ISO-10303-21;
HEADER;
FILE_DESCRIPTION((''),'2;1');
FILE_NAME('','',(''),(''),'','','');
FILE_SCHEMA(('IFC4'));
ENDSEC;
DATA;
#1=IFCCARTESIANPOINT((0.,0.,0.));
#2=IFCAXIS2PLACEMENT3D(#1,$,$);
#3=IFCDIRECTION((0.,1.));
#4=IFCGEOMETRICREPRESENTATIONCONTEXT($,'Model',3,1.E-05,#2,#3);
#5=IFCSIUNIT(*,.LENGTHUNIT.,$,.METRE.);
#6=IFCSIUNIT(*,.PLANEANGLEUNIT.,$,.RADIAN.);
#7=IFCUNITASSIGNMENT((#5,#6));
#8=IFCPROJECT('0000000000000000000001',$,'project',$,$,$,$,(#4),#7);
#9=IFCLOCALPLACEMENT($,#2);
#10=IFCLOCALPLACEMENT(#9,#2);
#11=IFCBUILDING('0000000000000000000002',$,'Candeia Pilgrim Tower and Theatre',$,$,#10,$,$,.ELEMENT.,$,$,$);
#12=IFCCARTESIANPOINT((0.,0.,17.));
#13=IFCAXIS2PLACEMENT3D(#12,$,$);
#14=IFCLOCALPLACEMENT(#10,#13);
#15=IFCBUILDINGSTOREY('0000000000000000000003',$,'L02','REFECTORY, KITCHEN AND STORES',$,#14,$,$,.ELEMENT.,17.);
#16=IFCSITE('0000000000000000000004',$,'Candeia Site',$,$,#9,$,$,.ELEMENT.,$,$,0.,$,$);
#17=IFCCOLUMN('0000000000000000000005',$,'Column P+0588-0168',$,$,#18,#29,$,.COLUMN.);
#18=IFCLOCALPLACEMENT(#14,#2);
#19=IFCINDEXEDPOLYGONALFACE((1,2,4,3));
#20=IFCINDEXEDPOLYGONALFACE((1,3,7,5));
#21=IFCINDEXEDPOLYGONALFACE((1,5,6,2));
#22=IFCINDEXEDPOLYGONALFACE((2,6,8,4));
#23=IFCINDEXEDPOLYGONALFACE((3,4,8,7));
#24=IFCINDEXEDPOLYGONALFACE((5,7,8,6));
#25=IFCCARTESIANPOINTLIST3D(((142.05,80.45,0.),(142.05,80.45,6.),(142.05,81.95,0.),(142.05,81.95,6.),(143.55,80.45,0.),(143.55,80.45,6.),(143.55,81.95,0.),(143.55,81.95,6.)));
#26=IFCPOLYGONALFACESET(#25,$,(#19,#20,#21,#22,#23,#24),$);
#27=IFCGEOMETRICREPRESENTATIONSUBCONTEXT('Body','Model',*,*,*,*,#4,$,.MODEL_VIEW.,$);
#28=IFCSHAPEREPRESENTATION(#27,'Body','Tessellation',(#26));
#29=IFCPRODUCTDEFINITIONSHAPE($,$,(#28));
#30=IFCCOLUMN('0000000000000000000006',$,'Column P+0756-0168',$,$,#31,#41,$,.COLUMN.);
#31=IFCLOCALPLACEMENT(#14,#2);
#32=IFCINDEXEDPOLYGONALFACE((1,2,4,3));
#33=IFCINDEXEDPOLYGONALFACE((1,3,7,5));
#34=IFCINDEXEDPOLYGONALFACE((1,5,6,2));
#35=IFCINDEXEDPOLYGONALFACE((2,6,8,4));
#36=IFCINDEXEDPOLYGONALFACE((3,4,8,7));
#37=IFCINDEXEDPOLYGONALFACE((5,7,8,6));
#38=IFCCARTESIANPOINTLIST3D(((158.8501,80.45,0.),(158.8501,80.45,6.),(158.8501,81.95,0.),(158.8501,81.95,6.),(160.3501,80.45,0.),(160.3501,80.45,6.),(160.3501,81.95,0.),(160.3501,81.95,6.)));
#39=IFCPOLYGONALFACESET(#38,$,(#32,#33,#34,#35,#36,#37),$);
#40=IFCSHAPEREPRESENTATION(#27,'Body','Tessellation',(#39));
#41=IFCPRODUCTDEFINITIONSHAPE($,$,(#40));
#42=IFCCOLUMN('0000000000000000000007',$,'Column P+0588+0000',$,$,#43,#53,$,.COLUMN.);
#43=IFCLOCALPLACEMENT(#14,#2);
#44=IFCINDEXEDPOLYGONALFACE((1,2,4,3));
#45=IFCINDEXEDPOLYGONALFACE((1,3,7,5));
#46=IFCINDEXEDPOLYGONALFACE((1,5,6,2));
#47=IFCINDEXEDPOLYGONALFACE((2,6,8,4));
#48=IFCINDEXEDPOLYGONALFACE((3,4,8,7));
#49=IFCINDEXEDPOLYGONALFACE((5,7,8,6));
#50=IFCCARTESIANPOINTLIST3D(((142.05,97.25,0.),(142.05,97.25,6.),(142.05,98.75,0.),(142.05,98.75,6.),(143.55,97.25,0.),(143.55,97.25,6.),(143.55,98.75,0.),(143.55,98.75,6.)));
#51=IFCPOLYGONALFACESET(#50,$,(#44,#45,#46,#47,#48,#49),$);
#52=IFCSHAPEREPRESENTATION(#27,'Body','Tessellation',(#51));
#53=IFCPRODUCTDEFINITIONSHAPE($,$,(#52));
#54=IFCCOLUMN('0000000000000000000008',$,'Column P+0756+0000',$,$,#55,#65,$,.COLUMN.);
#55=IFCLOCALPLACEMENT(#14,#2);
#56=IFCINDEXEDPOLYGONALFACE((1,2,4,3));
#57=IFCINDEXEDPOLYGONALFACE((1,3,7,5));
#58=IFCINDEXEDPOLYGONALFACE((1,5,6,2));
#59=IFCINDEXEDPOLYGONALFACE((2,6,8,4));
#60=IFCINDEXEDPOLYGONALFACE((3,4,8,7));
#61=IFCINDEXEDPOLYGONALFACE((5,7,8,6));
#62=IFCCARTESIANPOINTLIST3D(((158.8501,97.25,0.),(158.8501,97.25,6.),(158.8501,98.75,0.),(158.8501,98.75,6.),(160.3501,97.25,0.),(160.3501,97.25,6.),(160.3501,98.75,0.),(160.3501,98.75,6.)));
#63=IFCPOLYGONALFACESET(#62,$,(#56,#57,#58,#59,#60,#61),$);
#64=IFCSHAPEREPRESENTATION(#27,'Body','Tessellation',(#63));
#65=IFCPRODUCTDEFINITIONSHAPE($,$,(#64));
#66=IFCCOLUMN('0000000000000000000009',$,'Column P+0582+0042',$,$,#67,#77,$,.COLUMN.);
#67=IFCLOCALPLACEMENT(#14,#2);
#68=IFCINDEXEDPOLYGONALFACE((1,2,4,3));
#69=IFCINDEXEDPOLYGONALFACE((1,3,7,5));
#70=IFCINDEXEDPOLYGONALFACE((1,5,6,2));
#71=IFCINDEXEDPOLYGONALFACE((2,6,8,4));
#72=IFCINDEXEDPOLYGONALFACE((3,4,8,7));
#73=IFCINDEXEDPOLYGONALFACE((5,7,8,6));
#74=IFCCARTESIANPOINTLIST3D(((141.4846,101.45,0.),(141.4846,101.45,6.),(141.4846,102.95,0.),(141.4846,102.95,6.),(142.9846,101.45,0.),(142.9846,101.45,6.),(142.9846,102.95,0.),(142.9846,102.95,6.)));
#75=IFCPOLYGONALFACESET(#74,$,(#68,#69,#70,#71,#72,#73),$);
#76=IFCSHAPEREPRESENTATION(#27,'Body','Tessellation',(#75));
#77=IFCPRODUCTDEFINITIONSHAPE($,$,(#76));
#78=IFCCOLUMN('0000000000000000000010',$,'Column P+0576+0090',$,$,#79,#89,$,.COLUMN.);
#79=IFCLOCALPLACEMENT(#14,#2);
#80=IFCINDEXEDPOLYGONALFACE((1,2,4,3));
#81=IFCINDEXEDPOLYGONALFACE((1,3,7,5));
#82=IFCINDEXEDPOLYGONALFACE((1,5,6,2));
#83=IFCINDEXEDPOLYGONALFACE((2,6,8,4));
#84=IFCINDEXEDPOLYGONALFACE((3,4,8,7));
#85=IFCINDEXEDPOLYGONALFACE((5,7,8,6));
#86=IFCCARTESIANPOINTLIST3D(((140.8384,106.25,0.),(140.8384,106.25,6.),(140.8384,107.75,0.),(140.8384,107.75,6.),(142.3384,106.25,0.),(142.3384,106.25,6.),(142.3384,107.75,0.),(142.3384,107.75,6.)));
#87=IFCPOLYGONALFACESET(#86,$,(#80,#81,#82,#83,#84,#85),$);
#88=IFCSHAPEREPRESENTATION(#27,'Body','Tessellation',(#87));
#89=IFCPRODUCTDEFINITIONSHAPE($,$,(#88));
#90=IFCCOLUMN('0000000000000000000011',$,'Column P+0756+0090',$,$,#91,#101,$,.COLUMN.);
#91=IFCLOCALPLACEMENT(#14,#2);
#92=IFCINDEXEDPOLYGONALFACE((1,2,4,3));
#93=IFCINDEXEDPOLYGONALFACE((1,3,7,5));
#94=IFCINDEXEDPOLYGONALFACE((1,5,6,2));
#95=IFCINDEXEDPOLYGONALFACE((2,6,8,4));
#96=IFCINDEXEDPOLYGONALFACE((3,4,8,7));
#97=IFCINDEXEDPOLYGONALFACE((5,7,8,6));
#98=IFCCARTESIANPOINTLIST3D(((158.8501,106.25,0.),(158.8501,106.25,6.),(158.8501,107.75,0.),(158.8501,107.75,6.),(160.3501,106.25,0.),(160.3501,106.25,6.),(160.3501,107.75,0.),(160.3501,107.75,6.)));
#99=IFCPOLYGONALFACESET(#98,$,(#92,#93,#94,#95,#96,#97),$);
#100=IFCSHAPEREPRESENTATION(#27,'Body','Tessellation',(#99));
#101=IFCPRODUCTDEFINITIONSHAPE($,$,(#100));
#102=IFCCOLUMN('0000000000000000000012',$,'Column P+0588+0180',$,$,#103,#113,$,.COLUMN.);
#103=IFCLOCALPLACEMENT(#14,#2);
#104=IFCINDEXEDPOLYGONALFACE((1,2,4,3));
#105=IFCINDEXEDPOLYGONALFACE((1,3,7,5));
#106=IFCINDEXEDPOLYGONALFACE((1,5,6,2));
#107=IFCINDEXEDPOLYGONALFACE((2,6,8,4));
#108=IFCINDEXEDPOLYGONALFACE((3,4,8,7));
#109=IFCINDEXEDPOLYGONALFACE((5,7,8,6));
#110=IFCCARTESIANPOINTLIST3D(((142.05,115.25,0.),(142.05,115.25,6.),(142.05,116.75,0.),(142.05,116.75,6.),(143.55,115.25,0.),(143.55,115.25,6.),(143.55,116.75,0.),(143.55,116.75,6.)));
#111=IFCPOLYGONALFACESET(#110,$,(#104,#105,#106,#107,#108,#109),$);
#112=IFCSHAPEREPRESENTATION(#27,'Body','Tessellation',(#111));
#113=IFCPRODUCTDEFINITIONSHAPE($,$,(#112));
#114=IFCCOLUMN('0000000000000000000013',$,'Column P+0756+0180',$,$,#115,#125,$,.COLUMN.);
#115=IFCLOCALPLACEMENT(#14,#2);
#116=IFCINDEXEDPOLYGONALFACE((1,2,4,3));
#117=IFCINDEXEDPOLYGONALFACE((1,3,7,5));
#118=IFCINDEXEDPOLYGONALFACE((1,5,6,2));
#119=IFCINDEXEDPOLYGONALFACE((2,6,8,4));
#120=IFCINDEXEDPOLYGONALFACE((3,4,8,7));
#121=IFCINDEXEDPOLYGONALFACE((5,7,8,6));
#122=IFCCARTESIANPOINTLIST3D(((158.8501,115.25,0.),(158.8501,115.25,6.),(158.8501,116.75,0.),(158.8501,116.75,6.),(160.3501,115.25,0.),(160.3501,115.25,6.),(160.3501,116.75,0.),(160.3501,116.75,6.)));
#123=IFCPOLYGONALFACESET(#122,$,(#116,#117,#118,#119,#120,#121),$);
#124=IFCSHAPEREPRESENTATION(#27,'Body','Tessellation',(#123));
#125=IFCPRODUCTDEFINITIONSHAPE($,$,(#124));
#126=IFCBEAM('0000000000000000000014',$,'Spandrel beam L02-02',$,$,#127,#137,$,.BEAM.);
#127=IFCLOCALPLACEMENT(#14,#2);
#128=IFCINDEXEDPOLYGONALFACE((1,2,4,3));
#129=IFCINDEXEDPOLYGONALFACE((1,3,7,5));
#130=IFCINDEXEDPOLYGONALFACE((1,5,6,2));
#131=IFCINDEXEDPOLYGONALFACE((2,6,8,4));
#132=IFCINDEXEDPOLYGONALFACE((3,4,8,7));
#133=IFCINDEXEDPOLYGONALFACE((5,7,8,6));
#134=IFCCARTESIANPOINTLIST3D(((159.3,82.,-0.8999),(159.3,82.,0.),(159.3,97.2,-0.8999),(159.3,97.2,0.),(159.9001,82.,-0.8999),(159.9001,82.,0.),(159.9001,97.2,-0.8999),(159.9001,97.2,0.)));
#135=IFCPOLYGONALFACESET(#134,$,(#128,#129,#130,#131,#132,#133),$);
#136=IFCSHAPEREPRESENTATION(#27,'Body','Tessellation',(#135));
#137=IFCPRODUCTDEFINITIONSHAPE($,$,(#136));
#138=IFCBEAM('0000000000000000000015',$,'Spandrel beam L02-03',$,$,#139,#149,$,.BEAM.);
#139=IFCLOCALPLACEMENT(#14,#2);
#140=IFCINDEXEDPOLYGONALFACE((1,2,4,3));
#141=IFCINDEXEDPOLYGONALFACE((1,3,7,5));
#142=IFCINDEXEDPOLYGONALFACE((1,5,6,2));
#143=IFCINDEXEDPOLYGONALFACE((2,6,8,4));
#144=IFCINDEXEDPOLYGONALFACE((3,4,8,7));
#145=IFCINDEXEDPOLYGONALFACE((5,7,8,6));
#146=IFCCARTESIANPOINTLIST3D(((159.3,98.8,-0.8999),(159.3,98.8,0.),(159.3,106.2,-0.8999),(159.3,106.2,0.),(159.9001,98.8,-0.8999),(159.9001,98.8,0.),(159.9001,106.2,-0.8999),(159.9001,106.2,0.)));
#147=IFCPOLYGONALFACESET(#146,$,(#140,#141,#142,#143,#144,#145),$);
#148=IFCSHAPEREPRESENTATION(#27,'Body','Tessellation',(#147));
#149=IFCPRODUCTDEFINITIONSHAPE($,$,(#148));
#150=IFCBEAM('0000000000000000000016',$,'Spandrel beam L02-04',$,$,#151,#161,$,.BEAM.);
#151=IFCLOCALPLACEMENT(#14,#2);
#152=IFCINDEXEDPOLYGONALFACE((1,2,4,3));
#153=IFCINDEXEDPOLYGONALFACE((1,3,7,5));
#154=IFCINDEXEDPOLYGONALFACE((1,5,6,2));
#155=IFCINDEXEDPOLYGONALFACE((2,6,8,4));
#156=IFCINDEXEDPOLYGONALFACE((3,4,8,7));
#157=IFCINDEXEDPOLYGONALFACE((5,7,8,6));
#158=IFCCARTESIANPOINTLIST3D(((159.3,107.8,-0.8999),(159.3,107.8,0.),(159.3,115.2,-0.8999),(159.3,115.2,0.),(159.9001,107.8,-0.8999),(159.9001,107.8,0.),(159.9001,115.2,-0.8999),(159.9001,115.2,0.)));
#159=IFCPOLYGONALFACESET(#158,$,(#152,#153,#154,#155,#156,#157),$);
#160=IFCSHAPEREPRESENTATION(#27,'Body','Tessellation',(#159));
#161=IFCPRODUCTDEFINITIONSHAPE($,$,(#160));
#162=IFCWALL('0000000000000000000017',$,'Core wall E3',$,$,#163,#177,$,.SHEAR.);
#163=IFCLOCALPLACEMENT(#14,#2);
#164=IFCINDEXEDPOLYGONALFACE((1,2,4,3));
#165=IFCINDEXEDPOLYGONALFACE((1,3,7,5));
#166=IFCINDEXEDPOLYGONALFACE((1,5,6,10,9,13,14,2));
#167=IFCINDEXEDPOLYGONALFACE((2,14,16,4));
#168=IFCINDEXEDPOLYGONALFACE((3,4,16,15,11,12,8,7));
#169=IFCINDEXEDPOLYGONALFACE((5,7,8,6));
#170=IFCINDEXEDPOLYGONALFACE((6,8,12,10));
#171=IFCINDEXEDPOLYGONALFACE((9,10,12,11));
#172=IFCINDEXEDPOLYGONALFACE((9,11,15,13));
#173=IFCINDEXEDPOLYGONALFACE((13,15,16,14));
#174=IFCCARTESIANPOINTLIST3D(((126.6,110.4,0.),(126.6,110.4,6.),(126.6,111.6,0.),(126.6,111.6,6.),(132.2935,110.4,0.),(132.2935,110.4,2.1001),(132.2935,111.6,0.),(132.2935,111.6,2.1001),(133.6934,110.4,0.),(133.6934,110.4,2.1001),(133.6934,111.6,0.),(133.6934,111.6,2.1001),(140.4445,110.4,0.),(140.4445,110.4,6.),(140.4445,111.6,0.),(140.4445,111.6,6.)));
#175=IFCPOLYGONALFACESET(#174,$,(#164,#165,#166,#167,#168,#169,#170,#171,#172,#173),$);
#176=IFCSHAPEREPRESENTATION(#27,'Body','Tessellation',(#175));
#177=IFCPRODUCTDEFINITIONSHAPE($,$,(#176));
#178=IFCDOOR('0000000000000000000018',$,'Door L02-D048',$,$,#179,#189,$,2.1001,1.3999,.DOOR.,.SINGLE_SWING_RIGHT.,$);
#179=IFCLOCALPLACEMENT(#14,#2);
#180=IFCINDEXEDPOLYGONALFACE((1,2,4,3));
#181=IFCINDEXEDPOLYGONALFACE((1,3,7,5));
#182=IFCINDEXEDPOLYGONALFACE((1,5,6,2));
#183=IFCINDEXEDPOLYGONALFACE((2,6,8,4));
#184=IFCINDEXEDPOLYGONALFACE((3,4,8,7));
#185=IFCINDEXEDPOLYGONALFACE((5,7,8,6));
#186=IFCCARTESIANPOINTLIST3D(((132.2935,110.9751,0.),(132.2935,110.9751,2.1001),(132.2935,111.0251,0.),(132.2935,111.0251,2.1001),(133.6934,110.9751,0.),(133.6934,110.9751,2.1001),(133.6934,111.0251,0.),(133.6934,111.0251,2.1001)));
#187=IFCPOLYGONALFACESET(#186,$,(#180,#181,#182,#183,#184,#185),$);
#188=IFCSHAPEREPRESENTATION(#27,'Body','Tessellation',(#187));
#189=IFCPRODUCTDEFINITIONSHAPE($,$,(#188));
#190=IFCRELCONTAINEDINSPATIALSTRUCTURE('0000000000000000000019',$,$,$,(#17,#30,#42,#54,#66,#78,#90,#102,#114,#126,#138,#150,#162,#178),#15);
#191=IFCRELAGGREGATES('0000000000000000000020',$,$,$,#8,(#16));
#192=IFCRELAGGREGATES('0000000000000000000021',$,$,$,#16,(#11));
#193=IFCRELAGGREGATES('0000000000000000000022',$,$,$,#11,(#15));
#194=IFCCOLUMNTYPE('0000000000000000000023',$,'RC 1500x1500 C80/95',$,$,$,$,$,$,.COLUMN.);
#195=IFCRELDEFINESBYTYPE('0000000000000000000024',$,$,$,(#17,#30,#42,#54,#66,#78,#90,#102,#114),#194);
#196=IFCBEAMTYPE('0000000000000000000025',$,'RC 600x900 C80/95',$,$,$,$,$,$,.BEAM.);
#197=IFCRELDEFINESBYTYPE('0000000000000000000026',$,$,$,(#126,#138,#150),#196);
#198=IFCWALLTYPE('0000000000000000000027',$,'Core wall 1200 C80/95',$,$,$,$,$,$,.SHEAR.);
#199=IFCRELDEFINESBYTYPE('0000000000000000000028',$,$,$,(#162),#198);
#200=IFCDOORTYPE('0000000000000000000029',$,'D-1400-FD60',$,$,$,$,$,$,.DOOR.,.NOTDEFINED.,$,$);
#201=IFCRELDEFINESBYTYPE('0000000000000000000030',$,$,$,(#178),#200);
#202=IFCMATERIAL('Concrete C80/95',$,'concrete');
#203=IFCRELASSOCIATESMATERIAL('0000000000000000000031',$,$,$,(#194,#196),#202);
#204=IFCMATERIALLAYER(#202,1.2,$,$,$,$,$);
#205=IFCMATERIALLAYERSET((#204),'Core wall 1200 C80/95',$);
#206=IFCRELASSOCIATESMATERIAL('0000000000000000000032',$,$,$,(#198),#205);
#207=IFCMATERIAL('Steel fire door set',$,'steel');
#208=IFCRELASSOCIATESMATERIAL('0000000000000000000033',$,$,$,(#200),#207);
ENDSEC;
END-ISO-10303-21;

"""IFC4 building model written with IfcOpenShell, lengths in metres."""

from ifc_helpers import new_model, si_unit, direction, frame, frame_2d, origin, origin_2d, place, context, subcontext, project, spatial, rectangle, extrude, material, layer, layer_set, material_profile, profile_set, type_object, element, fill, save


model = new_model("IFC4")

# Units and contexts
model_context = context("Model", 3, precision=1e-05, world=origin(), true_north=direction((0.0, 1.0)))
body_context = subcontext(model_context, "Body", "Model", "MODEL_VIEW")
ifc_project = project(units=[si_unit("LENGTHUNIT", "METRE"), si_unit("PLANEANGLEUNIT", "RADIAN")], contexts=[model_context])

# Site, building, storey
site_placement = place(None, origin())
site = spatial("IfcSite", under=ifc_project, at=site_placement, Name="Candeia Site", CompositionType="ELEMENT", RefElevation=0.0)
building_placement = place(site_placement, origin())
building = spatial("IfcBuilding", under=site, at=building_placement, Name="Candeia Pilgrim Tower and Theatre", CompositionType="ELEMENT")
storey_placement = place(building_placement, frame((0.0, 0.0, 17.0)))
storey = spatial("IfcBuildingStorey", under=building, at=storey_placement, Name="L02", Description="REFECTORY, KITCHEN AND STORES", CompositionType="ELEMENT", Elevation=17.0)

# Columns
ifc_material_1 = material(Name="Concrete C80/95", Category="concrete")
ifc_material_profile_1 = material_profile(ifc_material_1, rectangle(XDim=1.5, YDim=1.5, at=origin_2d()))
ifc_profile_set_1 = profile_set([ifc_material_profile_1], Name="Concrete C80/95")
column_type = type_object("IfcColumnType", Name="RC 1500x1500 C80/95", PredefinedType="COLUMN", material=ifc_profile_set_1)
for number, where, z_axis, x_axis, name in (
    (1, (142.8, 81.2, 0.0), (0.0, 0.0, 1.0), (1.0, 0.0, 0.0), "Column P+0588-0168"),
    (2, (159.6001, 81.2, 0.0), (0.0, 0.0, 1.0), (1.0, 0.0, 0.0), "Column P+0756-0168"),
    (3, (142.8, 98.0, 0.0), (0.0, 0.0, 1.0), (1.0, 0.0, 0.0), "Column P+0588+0000"),
    (4, (159.6001, 98.0, 0.0), (0.0, 0.0, 1.0), (1.0, 0.0, 0.0), "Column P+0756+0000"),
    (5, (142.2346, 102.2, 0.0), (0.0, 0.0, 1.0), (1.0, 0.0, 0.0), "Column P+0582+0042"),
    (6, (141.5884, 107.0, 0.0), (0.0, 0.0, 1.0), (1.0, 0.0, 0.0), "Column P+0576+0090"),
    (7, (159.6001, 107.0, 0.0), (0.0, 0.0, 1.0), (1.0, 0.0, 0.0), "Column P+0756+0090"),
    (8, (142.8, 116.0, 0.0), (0.0, 0.0, 1.0), (1.0, 0.0, 0.0), "Column P+0588+0180"),
    (9, (159.6001, 116.0, 0.0), (0.0, 0.0, 1.0), (1.0, 0.0, 0.0), "Column P+0756+0180"),
):
    element("IfcColumn", number, at=place(storey_placement, frame(where, z_axis=z_axis, x_axis=x_axis)), inside=storey, type_object=column_type, Name=name, PredefinedType="COLUMN", context=body_context, shape_type="SweptSolid", body=[
        extrude(rectangle(XDim=1.5, YDim=1.5, at=origin_2d()), origin(), (0.0, 0.0, 1.0), 6.0),
    ])

# Beams
ifc_material_profile_2 = material_profile(ifc_material_1, rectangle(XDim=0.6001, YDim=0.8999, at=origin_2d()))
ifc_profile_set_2 = profile_set([ifc_material_profile_2], Name="Concrete C80/95")
beam_type = type_object("IfcBeamType", Name="RC 600x900 C80/95", PredefinedType="BEAM", material=ifc_profile_set_2)
beam_placement = place(storey_placement, frame((159.6001, 82.0, -0.45), z_axis=(0.0, 1.0, 0.0), x_axis=(-1.0, 0.0, 0.0)))
element("IfcBeam", 10, at=beam_placement, inside=storey, type_object=beam_type, Name="Spandrel beam L02-02", PredefinedType="BEAM", context=body_context, shape_type="SweptSolid", body=[
    extrude(rectangle(XDim=0.6001, YDim=0.8999, at=origin_2d()), origin(), (0.0, 0.0, 1.0), 15.2),
])
for number, where, z_axis, x_axis, name in (
    (11, (159.6001, 98.8, -0.45), (0.0, 1.0, 0.0), (-1.0, 0.0, 0.0), "Spandrel beam L02-03"),
    (12, (159.6001, 107.8, -0.45), (0.0, 1.0, 0.0), (-1.0, 0.0, 0.0), "Spandrel beam L02-04"),
):
    element("IfcBeam", number, at=place(storey_placement, frame(where, z_axis=z_axis, x_axis=x_axis)), inside=storey, type_object=beam_type, Name=name, PredefinedType="BEAM", context=body_context, shape_type="SweptSolid", body=[
        extrude(rectangle(XDim=0.6001, YDim=0.8999, at=origin_2d()), origin(), (0.0, 0.0, 1.0), 7.3999),
    ])

# Wall, opening, door
ifc_layer_1 = layer(ifc_material_1, 1.2)
ifc_layer_set_1 = layer_set([ifc_layer_1], Name="Core wall 1200 C80/95")
wall_type_1 = type_object("IfcWallType", Name="Core wall 1200 C80/95", PredefinedType="SHEAR", material=ifc_layer_set_1)
wall_1_placement = place(storey_placement, frame((140.4446, 111.0, 0.0), z_axis=(0.0, 0.0, 1.0), x_axis=(-1.0, 0.0, 0.0)))
wall_1 = element("IfcWall", 13, at=wall_1_placement, inside=storey, type_object=wall_type_1, Name="Core wall E3", PredefinedType="SHEAR", context=body_context, shape_type="SweptSolid", body=[
    extrude(rectangle(XDim=13.8445, YDim=1.2, at=frame_2d((6.9224, 0.0))), origin(), (0.0, 0.0, 1.0), 6.0),
])
opening_1_placement = place(wall_1_placement, frame((6.7512, 0.0, 0.0)))
opening_1 = element("IfcOpeningElement", 14, at=opening_1_placement, cuts=wall_1, PredefinedType="OPENING", context=body_context, shape_type="SweptSolid", body=[
    extrude(rectangle(XDim=1.3999, YDim=2.1001, at=frame_2d((0.7, 1.05))), frame((0.0, 0.6099, 0.0), z_axis=(0.0, -1.0, 0.0), x_axis=(1.0, 0.0, 0.0)), (0.0, 0.0, 1.0), 1.22),
])
ifc_material_2 = material(Name="Steel fire door set", Category="steel")
door_type_1 = type_object("IfcDoorType", Name="D-1400-FD60", OperationType="NOTDEFINED", PredefinedType="DOOR", material=ifc_material_2)
door_1_placement = place(opening_1_placement, origin())
door_1 = element("IfcDoor", 15, at=door_1_placement, inside=storey, type_object=door_type_1, Name="Door L02-D048", OperationType="SINGLE_SWING_RIGHT", OverallHeight=2.1001, OverallWidth=1.3999, PredefinedType="DOOR", context=body_context, shape_type="SweptSolid", body=[
    extrude(rectangle(XDim=1.3999, YDim=2.1001, at=frame_2d((0.7, 1.05))), frame((0.0, 0.0249, 0.0), z_axis=(0.0, -1.0, 0.0), x_axis=(1.0, 0.0, 0.0)), (0.0, 0.0, 1.0), 0.05),
])
fill(opening_1, door_1)

save(model, "model.ifc")
